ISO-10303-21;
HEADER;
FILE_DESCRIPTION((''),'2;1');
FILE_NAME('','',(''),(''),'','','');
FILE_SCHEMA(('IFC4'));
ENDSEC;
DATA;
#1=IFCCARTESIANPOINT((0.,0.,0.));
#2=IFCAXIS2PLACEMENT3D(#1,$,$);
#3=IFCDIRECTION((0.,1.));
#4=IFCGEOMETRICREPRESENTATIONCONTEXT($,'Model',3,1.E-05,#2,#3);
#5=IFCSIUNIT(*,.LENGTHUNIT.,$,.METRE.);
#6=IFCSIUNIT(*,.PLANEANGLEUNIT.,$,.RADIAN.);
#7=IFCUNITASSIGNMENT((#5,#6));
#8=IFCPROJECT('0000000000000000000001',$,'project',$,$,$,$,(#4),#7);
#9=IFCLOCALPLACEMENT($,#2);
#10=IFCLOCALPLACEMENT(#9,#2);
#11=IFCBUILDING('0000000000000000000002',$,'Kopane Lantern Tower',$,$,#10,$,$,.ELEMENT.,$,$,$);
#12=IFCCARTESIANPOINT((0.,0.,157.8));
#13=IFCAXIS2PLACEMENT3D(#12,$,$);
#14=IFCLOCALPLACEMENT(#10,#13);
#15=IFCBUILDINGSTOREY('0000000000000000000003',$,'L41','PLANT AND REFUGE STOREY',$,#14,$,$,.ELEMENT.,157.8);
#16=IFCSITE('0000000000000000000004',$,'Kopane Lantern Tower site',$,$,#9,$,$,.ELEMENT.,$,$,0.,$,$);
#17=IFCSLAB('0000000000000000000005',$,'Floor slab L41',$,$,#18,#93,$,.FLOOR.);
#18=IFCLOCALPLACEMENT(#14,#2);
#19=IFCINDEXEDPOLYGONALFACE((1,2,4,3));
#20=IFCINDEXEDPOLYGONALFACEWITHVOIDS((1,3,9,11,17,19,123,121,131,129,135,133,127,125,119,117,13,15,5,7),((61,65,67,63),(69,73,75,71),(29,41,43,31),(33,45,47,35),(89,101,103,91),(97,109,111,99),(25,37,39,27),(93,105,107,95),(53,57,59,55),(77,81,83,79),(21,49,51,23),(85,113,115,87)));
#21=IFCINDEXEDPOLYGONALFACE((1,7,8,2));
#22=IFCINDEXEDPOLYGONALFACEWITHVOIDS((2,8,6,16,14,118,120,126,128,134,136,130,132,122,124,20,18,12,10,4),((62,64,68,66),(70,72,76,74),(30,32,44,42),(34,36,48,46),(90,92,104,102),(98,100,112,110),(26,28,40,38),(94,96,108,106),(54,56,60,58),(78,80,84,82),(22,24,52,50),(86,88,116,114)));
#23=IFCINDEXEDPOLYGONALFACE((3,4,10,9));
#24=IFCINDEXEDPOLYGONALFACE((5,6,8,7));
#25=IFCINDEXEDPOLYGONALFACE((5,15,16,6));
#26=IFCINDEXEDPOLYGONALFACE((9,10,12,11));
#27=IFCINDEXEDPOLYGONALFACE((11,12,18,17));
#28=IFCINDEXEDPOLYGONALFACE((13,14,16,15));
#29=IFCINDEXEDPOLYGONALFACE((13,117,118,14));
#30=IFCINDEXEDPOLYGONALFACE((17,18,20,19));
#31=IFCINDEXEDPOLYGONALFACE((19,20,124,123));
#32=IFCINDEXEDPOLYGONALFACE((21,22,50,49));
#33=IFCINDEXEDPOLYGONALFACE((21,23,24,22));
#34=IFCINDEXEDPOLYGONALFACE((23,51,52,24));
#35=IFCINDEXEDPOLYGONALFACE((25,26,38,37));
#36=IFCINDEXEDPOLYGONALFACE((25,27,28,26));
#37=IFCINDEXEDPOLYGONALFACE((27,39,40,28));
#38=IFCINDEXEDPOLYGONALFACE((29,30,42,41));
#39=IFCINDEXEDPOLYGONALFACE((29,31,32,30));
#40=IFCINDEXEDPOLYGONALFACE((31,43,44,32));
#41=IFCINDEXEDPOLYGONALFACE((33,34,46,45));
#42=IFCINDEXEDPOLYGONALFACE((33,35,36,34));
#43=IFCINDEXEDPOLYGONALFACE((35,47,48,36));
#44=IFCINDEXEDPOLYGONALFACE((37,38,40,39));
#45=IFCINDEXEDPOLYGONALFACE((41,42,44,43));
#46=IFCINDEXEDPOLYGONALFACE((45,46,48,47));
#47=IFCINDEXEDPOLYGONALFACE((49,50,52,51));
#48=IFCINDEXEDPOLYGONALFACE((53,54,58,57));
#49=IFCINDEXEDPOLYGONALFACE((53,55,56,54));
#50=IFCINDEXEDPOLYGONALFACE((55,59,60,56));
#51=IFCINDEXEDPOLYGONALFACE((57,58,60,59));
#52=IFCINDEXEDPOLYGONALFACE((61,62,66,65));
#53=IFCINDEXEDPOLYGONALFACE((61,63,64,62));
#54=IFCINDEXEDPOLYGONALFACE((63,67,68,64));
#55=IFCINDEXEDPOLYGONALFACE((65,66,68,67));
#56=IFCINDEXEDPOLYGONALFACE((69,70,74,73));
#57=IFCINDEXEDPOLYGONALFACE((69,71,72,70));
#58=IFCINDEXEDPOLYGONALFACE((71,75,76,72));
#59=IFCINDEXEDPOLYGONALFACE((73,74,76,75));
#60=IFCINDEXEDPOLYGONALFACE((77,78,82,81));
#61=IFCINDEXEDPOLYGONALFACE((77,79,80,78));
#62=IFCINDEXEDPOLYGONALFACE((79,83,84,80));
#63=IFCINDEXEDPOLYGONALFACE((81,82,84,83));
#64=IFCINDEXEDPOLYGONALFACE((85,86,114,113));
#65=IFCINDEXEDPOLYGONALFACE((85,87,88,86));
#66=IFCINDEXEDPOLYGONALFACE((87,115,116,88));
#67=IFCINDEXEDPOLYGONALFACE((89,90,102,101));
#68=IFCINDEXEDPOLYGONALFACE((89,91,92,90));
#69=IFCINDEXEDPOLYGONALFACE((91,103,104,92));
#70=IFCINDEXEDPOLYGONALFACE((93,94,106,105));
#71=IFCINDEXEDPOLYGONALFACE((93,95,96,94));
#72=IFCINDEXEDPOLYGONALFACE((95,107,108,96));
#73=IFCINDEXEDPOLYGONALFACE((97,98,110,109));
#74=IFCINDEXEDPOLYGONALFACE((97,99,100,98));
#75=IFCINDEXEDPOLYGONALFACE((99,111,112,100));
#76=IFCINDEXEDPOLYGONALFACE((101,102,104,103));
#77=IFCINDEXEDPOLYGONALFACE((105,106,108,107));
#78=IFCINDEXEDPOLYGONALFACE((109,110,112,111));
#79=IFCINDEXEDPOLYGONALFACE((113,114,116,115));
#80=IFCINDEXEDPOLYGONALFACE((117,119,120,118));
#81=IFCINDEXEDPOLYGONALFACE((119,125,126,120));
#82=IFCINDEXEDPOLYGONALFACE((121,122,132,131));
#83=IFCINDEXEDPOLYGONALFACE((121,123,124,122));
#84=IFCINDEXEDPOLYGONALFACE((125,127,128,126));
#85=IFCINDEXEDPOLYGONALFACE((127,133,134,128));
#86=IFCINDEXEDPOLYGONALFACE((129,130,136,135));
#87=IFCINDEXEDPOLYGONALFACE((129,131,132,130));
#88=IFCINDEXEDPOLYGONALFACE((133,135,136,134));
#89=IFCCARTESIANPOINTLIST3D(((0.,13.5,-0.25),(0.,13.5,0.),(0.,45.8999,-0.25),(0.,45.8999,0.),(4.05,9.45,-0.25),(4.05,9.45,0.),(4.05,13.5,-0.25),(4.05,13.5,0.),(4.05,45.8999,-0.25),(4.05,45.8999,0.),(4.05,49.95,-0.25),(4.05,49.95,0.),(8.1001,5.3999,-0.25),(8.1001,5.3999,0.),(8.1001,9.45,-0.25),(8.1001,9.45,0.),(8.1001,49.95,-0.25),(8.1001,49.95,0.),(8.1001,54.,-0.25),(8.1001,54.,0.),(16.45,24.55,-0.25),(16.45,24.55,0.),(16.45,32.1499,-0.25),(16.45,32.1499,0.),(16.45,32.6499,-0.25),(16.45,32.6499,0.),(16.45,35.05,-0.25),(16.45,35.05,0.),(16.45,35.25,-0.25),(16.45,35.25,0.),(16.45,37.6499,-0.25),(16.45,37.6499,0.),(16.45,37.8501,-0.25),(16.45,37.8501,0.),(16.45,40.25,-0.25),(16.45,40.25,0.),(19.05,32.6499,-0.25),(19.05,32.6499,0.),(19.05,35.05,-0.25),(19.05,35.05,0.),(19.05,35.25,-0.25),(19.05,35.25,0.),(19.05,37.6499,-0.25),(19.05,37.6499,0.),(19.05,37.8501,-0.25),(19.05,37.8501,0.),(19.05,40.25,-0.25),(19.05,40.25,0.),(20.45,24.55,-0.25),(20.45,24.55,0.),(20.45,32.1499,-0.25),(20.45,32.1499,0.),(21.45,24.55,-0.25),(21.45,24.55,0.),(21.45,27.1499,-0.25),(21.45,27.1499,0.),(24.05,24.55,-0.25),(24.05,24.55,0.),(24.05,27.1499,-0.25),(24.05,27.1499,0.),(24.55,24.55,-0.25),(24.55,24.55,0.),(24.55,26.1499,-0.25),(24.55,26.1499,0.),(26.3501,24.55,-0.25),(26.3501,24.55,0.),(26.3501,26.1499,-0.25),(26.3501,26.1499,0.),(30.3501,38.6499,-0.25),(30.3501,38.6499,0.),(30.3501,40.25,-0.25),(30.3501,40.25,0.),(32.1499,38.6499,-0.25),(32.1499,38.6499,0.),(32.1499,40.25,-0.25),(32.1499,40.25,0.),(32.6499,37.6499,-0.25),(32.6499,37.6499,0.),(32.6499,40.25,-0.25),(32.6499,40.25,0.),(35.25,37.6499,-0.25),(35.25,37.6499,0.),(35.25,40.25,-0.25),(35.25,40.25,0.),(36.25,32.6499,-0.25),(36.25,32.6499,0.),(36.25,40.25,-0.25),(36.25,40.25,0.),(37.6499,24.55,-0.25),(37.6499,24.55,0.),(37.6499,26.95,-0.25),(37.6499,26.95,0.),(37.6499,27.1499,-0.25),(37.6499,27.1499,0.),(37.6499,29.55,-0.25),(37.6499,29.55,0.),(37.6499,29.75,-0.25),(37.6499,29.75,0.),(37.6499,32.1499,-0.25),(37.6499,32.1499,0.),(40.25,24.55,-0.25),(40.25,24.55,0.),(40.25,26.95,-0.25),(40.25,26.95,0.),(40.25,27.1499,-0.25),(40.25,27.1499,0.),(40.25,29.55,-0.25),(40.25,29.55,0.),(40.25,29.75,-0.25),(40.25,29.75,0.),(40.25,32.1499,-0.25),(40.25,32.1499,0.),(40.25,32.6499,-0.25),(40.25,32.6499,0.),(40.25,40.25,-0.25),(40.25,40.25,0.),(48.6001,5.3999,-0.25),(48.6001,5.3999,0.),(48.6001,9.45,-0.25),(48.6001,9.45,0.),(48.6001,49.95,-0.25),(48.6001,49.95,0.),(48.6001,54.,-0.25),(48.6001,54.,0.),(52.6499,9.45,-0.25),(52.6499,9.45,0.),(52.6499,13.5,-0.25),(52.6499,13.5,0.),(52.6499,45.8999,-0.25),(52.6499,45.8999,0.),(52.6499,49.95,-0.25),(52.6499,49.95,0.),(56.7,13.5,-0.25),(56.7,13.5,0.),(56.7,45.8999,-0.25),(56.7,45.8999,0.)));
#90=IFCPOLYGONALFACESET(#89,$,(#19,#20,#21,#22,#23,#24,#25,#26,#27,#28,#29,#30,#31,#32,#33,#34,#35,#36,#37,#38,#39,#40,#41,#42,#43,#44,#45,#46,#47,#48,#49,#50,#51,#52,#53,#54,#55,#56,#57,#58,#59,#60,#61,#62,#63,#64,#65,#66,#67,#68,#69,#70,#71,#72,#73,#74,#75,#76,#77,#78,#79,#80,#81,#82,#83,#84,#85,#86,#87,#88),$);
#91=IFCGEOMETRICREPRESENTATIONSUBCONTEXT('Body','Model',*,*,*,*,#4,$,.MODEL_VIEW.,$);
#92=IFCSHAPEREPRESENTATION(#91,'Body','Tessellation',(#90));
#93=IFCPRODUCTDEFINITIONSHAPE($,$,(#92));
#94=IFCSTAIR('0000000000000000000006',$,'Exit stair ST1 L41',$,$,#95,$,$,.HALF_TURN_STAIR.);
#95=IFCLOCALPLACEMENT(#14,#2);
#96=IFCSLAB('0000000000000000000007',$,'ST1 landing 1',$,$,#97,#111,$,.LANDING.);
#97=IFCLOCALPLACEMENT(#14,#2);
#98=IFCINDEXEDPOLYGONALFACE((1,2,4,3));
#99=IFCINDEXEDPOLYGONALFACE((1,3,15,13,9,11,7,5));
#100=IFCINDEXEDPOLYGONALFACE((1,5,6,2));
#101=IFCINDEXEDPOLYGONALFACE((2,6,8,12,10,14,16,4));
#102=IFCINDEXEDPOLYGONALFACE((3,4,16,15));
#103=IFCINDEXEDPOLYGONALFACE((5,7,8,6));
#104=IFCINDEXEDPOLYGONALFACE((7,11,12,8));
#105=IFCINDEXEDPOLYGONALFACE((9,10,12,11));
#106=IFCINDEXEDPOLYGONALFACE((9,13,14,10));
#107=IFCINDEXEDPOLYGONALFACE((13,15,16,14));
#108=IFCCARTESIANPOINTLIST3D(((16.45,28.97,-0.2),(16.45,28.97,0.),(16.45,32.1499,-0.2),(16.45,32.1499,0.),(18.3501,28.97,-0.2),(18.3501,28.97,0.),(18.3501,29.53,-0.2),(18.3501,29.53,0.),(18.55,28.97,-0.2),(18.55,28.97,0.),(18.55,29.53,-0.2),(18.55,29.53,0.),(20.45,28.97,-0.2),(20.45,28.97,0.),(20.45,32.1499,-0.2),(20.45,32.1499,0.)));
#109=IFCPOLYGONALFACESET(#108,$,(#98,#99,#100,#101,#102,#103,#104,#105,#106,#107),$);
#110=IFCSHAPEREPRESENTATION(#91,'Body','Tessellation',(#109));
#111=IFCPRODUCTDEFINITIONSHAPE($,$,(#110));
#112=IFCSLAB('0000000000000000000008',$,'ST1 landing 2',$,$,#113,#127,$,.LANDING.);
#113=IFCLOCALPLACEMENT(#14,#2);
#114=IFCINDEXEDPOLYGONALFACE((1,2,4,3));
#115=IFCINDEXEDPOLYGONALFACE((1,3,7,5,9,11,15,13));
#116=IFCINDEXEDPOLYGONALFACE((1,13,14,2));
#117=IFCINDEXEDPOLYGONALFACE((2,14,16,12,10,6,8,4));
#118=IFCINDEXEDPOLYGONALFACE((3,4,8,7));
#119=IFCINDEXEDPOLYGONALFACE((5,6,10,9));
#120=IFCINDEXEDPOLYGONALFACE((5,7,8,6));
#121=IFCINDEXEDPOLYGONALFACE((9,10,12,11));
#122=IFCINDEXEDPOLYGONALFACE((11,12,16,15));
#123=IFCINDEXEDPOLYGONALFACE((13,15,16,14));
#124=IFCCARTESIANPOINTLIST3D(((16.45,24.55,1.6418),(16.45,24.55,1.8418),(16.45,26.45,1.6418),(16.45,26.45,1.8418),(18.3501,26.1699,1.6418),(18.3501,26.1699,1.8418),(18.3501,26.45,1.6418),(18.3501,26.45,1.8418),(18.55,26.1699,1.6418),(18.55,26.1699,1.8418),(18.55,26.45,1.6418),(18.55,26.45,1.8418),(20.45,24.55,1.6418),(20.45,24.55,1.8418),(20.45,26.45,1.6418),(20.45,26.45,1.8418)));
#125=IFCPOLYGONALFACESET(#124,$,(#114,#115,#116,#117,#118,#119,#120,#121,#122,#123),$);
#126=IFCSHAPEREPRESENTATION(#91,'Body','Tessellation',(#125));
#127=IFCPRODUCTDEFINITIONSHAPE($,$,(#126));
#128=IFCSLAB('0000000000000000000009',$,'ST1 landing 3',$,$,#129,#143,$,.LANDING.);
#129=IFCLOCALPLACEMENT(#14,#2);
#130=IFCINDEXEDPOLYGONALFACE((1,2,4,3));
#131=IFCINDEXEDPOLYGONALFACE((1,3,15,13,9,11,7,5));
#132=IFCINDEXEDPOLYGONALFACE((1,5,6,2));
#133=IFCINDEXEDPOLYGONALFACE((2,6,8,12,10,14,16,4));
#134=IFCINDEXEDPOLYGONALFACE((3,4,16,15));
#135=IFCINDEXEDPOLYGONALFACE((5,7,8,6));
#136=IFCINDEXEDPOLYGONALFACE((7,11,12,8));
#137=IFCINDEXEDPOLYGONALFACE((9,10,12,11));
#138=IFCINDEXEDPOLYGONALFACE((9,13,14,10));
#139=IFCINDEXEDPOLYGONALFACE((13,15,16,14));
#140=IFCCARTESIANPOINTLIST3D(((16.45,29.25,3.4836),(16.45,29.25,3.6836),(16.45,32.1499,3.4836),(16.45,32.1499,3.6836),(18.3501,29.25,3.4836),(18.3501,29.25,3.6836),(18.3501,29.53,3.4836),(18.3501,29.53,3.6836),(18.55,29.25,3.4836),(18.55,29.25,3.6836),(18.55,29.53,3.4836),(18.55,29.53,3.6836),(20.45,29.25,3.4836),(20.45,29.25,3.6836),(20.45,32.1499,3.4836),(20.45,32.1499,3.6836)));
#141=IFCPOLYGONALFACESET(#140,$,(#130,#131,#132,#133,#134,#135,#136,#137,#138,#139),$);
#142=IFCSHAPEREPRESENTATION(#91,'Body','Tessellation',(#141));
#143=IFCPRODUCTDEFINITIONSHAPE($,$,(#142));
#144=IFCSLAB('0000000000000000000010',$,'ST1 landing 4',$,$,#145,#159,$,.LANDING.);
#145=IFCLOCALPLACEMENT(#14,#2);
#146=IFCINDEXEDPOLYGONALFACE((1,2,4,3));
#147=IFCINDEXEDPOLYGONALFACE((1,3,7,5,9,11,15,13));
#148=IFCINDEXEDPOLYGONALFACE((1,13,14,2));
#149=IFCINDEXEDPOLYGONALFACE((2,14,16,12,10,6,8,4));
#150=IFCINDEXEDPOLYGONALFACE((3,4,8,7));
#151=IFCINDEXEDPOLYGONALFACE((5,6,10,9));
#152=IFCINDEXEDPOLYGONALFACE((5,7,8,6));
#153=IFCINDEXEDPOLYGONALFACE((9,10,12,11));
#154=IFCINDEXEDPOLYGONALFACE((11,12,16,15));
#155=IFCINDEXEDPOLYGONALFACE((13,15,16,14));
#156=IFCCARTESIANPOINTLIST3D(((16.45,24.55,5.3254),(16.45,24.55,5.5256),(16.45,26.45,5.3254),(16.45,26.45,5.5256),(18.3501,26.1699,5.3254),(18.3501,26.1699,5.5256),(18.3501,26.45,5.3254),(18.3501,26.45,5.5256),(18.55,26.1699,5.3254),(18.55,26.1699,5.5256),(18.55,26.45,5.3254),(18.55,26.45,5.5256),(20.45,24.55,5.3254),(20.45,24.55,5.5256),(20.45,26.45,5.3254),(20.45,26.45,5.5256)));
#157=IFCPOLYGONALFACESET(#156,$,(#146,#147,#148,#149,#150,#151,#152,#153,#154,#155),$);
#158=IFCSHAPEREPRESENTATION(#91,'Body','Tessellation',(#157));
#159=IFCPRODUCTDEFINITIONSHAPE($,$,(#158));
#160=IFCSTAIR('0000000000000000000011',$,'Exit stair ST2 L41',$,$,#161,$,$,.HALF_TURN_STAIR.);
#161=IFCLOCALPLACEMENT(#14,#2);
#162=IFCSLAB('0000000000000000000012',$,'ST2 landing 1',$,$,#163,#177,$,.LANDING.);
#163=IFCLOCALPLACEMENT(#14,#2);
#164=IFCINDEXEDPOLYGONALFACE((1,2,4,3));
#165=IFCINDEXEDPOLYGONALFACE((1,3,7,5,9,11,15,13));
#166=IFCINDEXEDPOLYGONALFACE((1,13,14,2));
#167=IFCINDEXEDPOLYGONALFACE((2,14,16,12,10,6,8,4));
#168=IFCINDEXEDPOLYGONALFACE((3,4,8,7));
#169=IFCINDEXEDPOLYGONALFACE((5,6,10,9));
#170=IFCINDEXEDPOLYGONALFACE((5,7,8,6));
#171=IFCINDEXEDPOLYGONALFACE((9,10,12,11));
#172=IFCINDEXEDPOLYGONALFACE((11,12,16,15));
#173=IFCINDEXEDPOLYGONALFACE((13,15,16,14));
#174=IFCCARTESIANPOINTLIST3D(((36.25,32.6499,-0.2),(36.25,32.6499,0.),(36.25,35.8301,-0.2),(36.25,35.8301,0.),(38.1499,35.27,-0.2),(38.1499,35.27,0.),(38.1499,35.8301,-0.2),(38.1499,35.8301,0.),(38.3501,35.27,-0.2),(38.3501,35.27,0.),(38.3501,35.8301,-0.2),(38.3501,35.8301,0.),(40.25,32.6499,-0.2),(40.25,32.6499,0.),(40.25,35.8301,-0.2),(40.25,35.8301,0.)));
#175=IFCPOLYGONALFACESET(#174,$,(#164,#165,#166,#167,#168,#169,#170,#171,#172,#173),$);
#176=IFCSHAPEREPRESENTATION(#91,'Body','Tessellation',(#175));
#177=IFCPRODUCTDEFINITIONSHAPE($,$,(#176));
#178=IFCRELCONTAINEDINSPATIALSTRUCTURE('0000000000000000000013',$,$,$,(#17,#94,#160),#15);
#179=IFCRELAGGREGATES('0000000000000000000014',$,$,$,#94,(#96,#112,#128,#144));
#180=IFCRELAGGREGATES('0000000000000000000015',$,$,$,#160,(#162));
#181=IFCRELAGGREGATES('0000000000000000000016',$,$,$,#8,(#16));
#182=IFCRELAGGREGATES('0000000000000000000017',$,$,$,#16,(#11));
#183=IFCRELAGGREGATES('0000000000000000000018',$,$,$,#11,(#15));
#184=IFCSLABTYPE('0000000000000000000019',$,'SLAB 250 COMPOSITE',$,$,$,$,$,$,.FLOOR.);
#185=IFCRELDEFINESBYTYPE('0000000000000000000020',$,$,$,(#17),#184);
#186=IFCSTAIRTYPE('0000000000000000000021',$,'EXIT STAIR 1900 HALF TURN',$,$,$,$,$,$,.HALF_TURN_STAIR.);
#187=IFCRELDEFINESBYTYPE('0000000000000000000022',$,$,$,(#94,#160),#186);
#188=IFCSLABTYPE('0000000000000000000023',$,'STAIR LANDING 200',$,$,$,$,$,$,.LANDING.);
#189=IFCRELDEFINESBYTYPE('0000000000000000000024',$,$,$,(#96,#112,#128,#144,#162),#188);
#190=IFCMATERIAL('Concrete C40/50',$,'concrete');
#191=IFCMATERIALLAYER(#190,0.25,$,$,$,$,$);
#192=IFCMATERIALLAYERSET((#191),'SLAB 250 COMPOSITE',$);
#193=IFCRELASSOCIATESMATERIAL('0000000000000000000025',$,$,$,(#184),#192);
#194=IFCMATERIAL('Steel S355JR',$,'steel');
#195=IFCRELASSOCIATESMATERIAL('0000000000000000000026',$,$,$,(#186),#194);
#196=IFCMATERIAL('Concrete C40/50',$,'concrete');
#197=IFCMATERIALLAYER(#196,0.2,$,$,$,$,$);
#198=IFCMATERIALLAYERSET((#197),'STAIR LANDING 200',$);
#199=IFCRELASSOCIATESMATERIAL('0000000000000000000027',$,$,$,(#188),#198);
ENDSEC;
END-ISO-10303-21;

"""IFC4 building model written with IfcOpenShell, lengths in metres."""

from ifc_helpers import new_model, si_unit, direction, frame, origin, place, context, subcontext, project, spatial, polyline, outline, extrude, material, layer, layer_set, type_object, element, aggregate, save


model = new_model("IFC4")

# Units and contexts
model_context = context("Model", 3, precision=1e-05, world=origin(), true_north=direction((0.0, 1.0)))
body_context = subcontext(model_context, "Body", "Model", "MODEL_VIEW")
ifc_project = project(units=[si_unit("LENGTHUNIT", "METRE"), si_unit("PLANEANGLEUNIT", "RADIAN")], contexts=[model_context])

# Site, building, storey
site_placement = place(None, origin())
site = spatial("IfcSite", under=ifc_project, at=site_placement, Name="Kopane Lantern Tower site", CompositionType="ELEMENT", RefElevation=0.0)
building_placement = place(site_placement, origin())
building = spatial("IfcBuilding", under=site, at=building_placement, Name="Kopane Lantern Tower", CompositionType="ELEMENT")
storey_placement = place(building_placement, frame((0.0, 0.0, 157.8)))
storey = spatial("IfcBuildingStorey", under=building, at=storey_placement, Name="L41", Description="PLANT AND REFUGE STOREY", CompositionType="ELEMENT", Elevation=157.8)

# Slab
ifc_material_1 = material(Name="Concrete C40/50", Category="concrete")
ifc_layer_1 = layer(ifc_material_1, 0.25)
ifc_layer_set_1 = layer_set([ifc_layer_1], Name="SLAB 250 COMPOSITE")
slab_type_1 = type_object("IfcSlabType", Name="SLAB 250 COMPOSITE", PredefinedType="FLOOR", material=ifc_layer_set_1)
slab_1_placement = place(storey_placement, frame((0.0, 0.0, -0.25)))
element("IfcSlab", 1, at=slab_1_placement, inside=storey, type_object=slab_type_1, Name="Floor slab L41", PredefinedType="FLOOR", context=body_context, shape_type="SweptSolid", body=[
    extrude(outline(polyline([(8.1001, 5.3999), (48.6001, 5.3999), (48.6001, 9.45), (52.6499, 9.45), (52.6499, 13.5), (56.7, 13.5), (56.7, 45.8999), (52.6499, 45.8999), (52.6499, 49.95), (48.6001, 49.95), (48.6001, 54.0), (8.1001, 54.0), (8.1001, 49.95), (4.05, 49.95), (4.05, 45.8999), (0.0, 45.8999), (0.0, 13.5), (4.05, 13.5), (4.05, 9.45), (8.1001, 9.45), (8.1001, 5.3999)]), holes=[polyline([(16.45, 24.55), (20.45, 24.55), (20.45, 32.1499), (16.45, 32.1499), (16.45, 24.55)]), polyline([(36.25, 32.6499), (40.25, 32.6499), (40.25, 40.25), (36.25, 40.25), (36.25, 32.6499)]), polyline([(16.45, 32.6499), (19.05, 32.6499), (19.05, 35.05), (16.45, 35.05), (16.45, 32.6499)]), polyline([(16.45, 35.25), (19.05, 35.25), (19.05, 37.6499), (16.45, 37.6499), (16.45, 35.25)]), polyline([(16.45, 37.8501), (19.05, 37.8501), (19.05, 40.25), (16.45, 40.25), (16.45, 37.8501)]), polyline([(37.6499, 24.55), (40.25, 24.55), (40.25, 26.95), (37.6499, 26.95), (37.6499, 24.55)]), polyline([(37.6499, 27.1499), (40.25, 27.1499), (40.25, 29.55), (37.6499, 29.55), (37.6499, 27.1499)]), polyline([(37.6499, 29.75), (40.25, 29.75), (40.25, 32.1499), (37.6499, 32.1499), (37.6499, 29.75)]), polyline([(21.45, 24.55), (24.05, 24.55), (24.05, 27.1499), (21.45, 27.1499), (21.45, 24.55)]), polyline([(32.6499, 37.6499), (35.25, 37.6499), (35.25, 40.25), (32.6499, 40.25), (32.6499, 37.6499)]), polyline([(24.55, 24.55), (26.3501, 24.55), (26.3501, 26.1499), (24.55, 26.1499), (24.55, 24.55)]), polyline([(30.3501, 38.6499), (32.1499, 38.6499), (32.1499, 40.25), (30.3501, 40.25), (30.3501, 38.6499)])]), origin(), (0.0, 0.0, 1.0), 0.25),
])

# Stairs, slabs
ifc_material_2 = material(Name="Steel S355JR", Category="steel")
stair_type = type_object("IfcStairType", Name="EXIT STAIR 1900 HALF TURN", PredefinedType="HALF_TURN_STAIR", material=ifc_material_2)
stair_1_placement = place(storey_placement, origin())
stair_1 = element("IfcStair", 2, at=stair_1_placement, inside=storey, type_object=stair_type, Name="Exit stair ST1 L41", PredefinedType="HALF_TURN_STAIR")
ifc_material_3 = material(Name="Concrete C40/50", Category="concrete")
ifc_layer_2 = layer(ifc_material_3, 0.2)
ifc_layer_set_2 = layer_set([ifc_layer_2], Name="STAIR LANDING 200")
slab_type_2 = type_object("IfcSlabType", Name="STAIR LANDING 200", PredefinedType="LANDING", material=ifc_layer_set_2)
slab_2_placement = place(storey_placement, frame((0.0, 0.0, -0.2)))
slab_2 = element("IfcSlab", 3, at=slab_2_placement, type_object=slab_type_2, Name="ST1 landing 1", PredefinedType="LANDING", context=body_context, shape_type="SweptSolid", body=[
    extrude(outline(polyline([(18.3501, 29.53), (18.55, 29.53), (18.55, 28.97), (20.45, 28.97), (20.45, 32.1499), (16.45, 32.1499), (16.45, 28.97), (18.3501, 28.97), (18.3501, 29.53)])), origin(), (0.0, 0.0, 1.0), 0.2),
])
slab_3_placement = place(storey_placement, frame((0.0, 0.0, 1.6418)))
slab_3 = element("IfcSlab", 4, at=slab_3_placement, type_object=slab_type_2, Name="ST1 landing 2", PredefinedType="LANDING", context=body_context, shape_type="SweptSolid", body=[
    extrude(outline(polyline([(20.45, 26.45), (18.55, 26.45), (18.55, 26.1699), (18.3501, 26.1699), (18.3501, 26.45), (16.45, 26.45), (16.45, 24.55), (20.45, 24.55), (20.45, 26.45)])), origin(), (0.0, 0.0, 1.0), 0.2),
])
slab_4_placement = place(storey_placement, frame((0.0, 0.0, 3.4836)))
slab_4 = element("IfcSlab", 5, at=slab_4_placement, type_object=slab_type_2, Name="ST1 landing 3", PredefinedType="LANDING", context=body_context, shape_type="SweptSolid", body=[
    extrude(outline(polyline([(18.3501, 29.53), (18.55, 29.53), (18.55, 29.25), (20.45, 29.25), (20.45, 32.1499), (16.45, 32.1499), (16.45, 29.25), (18.3501, 29.25), (18.3501, 29.53)])), origin(), (0.0, 0.0, 1.0), 0.2),
])
slab_5_placement = place(storey_placement, frame((0.0, 0.0, 5.3254)))
slab_5 = element("IfcSlab", 6, at=slab_5_placement, type_object=slab_type_2, Name="ST1 landing 4", PredefinedType="LANDING", context=body_context, shape_type="SweptSolid", body=[
    extrude(outline(polyline([(20.45, 26.45), (18.55, 26.45), (18.55, 26.1699), (18.3501, 26.1699), (18.3501, 26.45), (16.45, 26.45), (16.45, 24.55), (20.45, 24.55), (20.45, 26.45)])), origin(), (0.0, 0.0, 1.0), 0.2002),
])
aggregate(stair_1, [slab_2, slab_3, slab_4, slab_5])
stair_2_placement = place(storey_placement, origin())
stair_2 = element("IfcStair", 7, at=stair_2_placement, inside=storey, type_object=stair_type, Name="Exit stair ST2 L41", PredefinedType="HALF_TURN_STAIR")
slab_6_placement = place(storey_placement, frame((0.0, 0.0, -0.2)))
slab_6 = element("IfcSlab", 8, at=slab_6_placement, type_object=slab_type_2, Name="ST2 landing 1", PredefinedType="LANDING", context=body_context, shape_type="SweptSolid", body=[
    extrude(outline(polyline([(40.25, 35.8301), (38.3501, 35.8301), (38.3501, 35.27), (38.1499, 35.27), (38.1499, 35.8301), (36.25, 35.8301), (36.25, 32.6499), (40.25, 32.6499), (40.25, 35.8301)])), origin(), (0.0, 0.0, 1.0), 0.2),
])
aggregate(stair_2, [slab_6])

save(model, "model.ifc")
